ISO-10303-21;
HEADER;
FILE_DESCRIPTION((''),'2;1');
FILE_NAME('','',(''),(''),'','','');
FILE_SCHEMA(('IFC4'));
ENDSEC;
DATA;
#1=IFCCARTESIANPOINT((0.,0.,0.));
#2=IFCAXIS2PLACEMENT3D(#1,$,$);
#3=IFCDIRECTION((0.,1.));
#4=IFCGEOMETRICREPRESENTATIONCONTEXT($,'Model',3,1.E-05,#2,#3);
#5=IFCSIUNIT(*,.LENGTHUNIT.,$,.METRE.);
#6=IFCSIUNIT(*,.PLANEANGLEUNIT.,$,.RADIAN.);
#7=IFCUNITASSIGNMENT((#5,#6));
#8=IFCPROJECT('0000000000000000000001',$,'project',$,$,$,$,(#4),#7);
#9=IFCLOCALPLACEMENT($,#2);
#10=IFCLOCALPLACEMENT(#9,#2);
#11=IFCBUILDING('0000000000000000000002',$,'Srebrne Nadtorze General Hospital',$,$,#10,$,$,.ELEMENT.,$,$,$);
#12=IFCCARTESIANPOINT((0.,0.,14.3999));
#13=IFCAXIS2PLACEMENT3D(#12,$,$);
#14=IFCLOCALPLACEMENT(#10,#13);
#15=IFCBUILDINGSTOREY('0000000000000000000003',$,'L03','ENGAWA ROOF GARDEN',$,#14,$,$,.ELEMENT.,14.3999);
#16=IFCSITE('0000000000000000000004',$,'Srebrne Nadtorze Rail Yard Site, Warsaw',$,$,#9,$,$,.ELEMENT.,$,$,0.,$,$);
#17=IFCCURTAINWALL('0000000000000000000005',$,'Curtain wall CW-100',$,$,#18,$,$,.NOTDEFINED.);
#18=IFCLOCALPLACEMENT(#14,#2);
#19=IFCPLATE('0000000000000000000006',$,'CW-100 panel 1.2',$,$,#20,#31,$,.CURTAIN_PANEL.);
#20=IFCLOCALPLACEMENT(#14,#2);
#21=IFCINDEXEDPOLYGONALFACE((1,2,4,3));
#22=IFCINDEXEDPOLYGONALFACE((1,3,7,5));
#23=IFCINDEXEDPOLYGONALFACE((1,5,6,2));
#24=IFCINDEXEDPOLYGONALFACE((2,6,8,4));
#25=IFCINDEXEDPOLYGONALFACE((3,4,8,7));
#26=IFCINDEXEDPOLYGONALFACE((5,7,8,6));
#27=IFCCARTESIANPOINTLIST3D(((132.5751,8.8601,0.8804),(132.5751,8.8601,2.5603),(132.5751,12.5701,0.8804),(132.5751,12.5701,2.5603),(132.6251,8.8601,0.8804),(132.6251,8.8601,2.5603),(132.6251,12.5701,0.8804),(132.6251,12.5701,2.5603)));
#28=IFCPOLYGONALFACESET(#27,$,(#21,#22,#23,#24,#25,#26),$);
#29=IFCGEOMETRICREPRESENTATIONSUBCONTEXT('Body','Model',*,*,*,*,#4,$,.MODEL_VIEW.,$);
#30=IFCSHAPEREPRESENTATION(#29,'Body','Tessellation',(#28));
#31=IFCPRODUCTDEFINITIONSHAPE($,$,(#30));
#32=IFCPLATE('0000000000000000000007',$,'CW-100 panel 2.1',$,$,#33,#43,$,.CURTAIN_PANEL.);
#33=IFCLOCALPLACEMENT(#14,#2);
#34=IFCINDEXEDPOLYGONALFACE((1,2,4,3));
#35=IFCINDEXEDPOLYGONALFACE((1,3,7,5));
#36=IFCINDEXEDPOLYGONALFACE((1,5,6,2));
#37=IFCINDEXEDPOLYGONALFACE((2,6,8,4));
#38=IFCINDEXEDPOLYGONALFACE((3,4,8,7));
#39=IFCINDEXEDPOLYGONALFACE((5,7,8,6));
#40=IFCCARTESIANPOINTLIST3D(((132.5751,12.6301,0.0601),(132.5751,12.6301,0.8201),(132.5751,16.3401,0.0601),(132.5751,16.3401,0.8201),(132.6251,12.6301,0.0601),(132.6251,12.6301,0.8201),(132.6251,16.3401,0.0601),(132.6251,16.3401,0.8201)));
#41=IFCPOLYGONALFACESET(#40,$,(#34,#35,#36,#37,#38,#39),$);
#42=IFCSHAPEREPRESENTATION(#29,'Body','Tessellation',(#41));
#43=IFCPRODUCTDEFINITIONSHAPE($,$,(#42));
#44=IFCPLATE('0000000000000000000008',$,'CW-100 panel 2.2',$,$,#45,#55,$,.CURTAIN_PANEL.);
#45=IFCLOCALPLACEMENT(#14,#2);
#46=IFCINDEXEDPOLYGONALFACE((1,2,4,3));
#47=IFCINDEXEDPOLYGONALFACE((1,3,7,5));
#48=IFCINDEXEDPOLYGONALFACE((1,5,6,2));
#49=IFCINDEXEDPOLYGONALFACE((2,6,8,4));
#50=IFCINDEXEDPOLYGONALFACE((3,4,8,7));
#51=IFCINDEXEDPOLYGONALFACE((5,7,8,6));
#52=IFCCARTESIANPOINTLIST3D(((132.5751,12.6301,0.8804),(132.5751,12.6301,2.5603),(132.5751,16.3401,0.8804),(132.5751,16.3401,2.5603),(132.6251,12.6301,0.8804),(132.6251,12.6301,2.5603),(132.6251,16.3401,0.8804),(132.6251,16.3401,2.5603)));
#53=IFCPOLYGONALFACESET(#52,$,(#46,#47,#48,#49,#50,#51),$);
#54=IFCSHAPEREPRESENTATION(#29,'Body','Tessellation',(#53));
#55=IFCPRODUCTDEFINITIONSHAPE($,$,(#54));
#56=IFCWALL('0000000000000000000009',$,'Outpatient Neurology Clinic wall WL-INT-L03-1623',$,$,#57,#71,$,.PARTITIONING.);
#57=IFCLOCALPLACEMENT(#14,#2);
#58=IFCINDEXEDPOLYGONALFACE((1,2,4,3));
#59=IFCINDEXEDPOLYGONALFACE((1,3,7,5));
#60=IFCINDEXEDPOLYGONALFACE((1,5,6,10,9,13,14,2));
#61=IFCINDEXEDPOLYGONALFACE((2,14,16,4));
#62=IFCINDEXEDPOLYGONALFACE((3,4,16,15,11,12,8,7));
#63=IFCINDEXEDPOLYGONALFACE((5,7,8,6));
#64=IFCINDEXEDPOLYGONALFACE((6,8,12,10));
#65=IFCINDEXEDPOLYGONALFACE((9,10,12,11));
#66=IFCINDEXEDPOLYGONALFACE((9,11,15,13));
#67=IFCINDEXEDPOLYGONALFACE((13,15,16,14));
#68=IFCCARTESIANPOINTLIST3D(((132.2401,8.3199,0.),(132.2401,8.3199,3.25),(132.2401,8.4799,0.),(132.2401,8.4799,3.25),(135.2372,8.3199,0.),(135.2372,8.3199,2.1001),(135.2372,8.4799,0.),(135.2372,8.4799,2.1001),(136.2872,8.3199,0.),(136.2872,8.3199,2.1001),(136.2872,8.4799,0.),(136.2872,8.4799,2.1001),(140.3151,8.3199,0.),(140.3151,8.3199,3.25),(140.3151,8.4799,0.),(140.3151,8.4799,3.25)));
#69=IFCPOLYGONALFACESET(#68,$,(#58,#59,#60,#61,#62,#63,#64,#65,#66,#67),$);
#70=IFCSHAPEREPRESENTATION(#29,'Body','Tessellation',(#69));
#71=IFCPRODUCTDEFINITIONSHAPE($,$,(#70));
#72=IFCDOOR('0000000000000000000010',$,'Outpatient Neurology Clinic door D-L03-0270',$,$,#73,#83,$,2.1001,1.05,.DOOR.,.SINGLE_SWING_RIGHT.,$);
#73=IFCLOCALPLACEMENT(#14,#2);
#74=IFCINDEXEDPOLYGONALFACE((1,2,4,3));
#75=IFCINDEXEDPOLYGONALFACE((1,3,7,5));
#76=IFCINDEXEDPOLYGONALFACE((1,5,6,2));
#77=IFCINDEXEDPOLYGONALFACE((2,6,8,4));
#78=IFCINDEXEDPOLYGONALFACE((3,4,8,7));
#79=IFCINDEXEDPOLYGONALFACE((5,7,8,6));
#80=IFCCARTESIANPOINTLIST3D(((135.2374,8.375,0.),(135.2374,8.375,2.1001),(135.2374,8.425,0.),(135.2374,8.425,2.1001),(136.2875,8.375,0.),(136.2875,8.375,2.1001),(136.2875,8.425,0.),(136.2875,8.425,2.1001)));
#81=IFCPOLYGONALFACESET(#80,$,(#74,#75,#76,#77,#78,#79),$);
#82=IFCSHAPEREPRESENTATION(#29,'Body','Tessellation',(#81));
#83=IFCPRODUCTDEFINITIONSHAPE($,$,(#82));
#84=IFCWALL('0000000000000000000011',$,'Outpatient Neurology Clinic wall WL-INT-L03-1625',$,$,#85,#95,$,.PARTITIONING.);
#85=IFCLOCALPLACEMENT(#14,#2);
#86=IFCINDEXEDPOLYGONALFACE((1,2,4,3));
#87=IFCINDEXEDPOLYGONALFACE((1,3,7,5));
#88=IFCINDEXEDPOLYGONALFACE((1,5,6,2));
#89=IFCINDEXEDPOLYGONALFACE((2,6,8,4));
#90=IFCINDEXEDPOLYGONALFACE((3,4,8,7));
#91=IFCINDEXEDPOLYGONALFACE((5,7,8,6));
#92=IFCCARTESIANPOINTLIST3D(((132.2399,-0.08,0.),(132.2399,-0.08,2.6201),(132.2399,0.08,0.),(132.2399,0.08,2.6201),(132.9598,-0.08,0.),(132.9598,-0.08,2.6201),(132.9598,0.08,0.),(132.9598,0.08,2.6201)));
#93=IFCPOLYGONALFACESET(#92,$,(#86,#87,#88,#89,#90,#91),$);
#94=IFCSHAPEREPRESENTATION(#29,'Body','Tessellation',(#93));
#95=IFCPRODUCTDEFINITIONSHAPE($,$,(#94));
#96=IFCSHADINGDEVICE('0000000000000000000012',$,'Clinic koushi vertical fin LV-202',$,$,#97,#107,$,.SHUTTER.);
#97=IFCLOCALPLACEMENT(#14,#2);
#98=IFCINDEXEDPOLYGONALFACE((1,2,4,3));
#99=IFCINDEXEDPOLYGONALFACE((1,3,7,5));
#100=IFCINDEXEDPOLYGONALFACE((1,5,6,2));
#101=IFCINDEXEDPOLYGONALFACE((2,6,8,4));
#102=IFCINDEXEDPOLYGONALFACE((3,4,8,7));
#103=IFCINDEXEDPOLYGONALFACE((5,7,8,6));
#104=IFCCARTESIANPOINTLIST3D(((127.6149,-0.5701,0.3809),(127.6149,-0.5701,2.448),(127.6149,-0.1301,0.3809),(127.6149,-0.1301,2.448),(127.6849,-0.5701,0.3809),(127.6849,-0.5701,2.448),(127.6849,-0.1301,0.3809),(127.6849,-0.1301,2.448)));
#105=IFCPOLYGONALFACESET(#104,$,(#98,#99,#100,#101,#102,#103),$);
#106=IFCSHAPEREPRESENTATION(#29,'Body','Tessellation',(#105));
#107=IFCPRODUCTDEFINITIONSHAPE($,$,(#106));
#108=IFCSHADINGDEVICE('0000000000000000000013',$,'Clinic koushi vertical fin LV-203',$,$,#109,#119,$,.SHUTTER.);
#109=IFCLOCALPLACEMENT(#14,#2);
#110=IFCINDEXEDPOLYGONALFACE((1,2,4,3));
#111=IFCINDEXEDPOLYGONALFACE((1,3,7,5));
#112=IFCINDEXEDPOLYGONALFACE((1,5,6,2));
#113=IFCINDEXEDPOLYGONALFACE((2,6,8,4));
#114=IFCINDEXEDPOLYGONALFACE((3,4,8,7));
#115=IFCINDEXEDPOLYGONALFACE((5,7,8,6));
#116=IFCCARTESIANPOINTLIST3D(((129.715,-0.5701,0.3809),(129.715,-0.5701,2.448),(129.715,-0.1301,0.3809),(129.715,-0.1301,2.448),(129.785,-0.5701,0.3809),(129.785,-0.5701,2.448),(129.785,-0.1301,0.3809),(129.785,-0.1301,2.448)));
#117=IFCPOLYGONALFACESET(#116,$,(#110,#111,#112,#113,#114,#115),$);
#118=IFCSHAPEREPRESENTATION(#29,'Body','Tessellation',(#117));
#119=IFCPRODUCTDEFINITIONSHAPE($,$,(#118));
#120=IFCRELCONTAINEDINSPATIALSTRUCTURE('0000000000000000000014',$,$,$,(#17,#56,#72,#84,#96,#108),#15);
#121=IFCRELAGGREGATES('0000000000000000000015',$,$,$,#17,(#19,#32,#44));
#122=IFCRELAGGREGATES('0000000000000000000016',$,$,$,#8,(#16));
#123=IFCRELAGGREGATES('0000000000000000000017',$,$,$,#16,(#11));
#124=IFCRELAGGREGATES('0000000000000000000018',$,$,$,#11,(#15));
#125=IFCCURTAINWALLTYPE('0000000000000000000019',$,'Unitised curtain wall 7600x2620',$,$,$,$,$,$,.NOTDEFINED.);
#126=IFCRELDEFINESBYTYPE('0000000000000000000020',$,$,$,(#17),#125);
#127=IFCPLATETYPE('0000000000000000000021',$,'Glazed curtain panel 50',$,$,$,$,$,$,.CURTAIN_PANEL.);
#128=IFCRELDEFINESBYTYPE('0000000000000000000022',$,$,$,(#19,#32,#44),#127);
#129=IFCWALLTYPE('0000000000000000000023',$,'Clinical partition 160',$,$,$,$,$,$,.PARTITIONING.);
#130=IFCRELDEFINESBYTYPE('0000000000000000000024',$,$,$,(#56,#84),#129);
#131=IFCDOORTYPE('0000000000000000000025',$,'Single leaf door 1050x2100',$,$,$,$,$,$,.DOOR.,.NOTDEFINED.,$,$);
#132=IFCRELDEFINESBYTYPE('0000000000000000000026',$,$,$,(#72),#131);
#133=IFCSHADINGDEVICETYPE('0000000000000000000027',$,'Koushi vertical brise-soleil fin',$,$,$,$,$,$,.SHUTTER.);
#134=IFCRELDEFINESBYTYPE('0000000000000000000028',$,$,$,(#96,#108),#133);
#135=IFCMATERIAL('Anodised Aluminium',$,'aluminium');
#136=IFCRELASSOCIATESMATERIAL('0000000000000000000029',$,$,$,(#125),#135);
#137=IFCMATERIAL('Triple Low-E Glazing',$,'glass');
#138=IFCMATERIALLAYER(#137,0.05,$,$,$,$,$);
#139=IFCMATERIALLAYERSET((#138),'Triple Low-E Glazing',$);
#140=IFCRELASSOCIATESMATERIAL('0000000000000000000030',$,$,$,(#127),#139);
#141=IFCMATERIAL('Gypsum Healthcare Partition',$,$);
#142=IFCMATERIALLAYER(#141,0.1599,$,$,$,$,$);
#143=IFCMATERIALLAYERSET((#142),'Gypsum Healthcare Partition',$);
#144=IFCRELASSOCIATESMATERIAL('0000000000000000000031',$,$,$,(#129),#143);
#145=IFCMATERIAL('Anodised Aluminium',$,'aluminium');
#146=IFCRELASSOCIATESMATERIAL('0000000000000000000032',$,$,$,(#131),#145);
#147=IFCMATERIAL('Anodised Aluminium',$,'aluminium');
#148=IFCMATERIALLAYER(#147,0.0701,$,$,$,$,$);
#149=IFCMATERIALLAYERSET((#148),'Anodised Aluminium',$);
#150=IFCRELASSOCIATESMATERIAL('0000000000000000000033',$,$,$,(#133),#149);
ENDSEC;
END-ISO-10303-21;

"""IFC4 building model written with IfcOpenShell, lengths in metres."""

from ifc_helpers import new_model, si_unit, direction, frame, frame_2d, origin, origin_2d, place, context, subcontext, project, spatial, rectangle, extrude, material, layer, layer_set, type_object, element, fill, aggregate, save


model = new_model("IFC4")

# Units and contexts
model_context = context("Model", 3, precision=1e-05, world=origin(), true_north=direction((0.0, 1.0)))
body_context = subcontext(model_context, "Body", "Model", "MODEL_VIEW")
ifc_project = project(units=[si_unit("LENGTHUNIT", "METRE"), si_unit("PLANEANGLEUNIT", "RADIAN")], contexts=[model_context])

# Site, building, storey
site_placement = place(None, origin())
site = spatial("IfcSite", under=ifc_project, at=site_placement, Name="Srebrne Nadtorze Rail Yard Site, Warsaw", CompositionType="ELEMENT", RefElevation=0.0)
building_placement = place(site_placement, origin())
building = spatial("IfcBuilding", under=site, at=building_placement, Name="Srebrne Nadtorze General Hospital", CompositionType="ELEMENT")
storey_placement = place(building_placement, frame((0.0, 0.0, 14.3999)))
storey = spatial("IfcBuildingStorey", under=building, at=storey_placement, Name="L03", Description="ENGAWA ROOF GARDEN", CompositionType="ELEMENT", Elevation=14.3999)

# Curtain wall
ifc_material_1 = material(Name="Anodised Aluminium", Category="aluminium")
curtain_wall_type_1 = type_object("IfcCurtainWallType", Name="Unitised curtain wall 7600x2620", PredefinedType="NOTDEFINED", material=ifc_material_1)
curtain_wall_1_placement = place(storey_placement, origin())
curtain_wall_1 = element("IfcCurtainWall", 1, at=curtain_wall_1_placement, inside=storey, type_object=curtain_wall_type_1, Name="Curtain wall CW-100", PredefinedType="NOTDEFINED")

# Plates
ifc_material_2 = material(Name="Triple Low-E Glazing", Category="glass")
ifc_layer_1 = layer(ifc_material_2, 0.05)
ifc_layer_set_1 = layer_set([ifc_layer_1], Name="Triple Low-E Glazing")
plate_type = type_object("IfcPlateType", Name="Glazed curtain panel 50", PredefinedType="CURTAIN_PANEL", material=ifc_layer_set_1)
plate_1_placement = place(storey_placement, frame((132.6001, 10.7151, 0.8804), z_axis=(0.0, 0.0, 1.0), x_axis=(0.0, 1.0, 0.0)))
plate_1 = element("IfcPlate", 2, at=plate_1_placement, type_object=plate_type, Name="CW-100 panel 1.2", PredefinedType="CURTAIN_PANEL", context=body_context, shape_type="SweptSolid", body=[
    extrude(rectangle(XDim=3.71, YDim=0.05, at=origin_2d()), origin(), (0.0, 0.0, 1.0), 1.6799),
])
plate_2_placement = place(storey_placement, frame((132.6001, 14.4851, 0.0601), z_axis=(0.0, 0.0, 1.0), x_axis=(0.0, 1.0, 0.0)))
plate_2 = element("IfcPlate", 3, at=plate_2_placement, type_object=plate_type, Name="CW-100 panel 2.1", PredefinedType="CURTAIN_PANEL", context=body_context, shape_type="SweptSolid", body=[
    extrude(rectangle(XDim=3.71, YDim=0.05, at=origin_2d()), origin(), (0.0, 0.0, 1.0), 0.76),
])
plate_3_placement = place(storey_placement, frame((132.6001, 14.4851, 0.8804), z_axis=(0.0, 0.0, 1.0), x_axis=(0.0, 1.0, 0.0)))
plate_3 = element("IfcPlate", 4, at=plate_3_placement, type_object=plate_type, Name="CW-100 panel 2.2", PredefinedType="CURTAIN_PANEL", context=body_context, shape_type="SweptSolid", body=[
    extrude(rectangle(XDim=3.71, YDim=0.05, at=origin_2d()), origin(), (0.0, 0.0, 1.0), 1.6799),
])
aggregate(curtain_wall_1, [plate_1, plate_2, plate_3])

# Wall, opening, door
ifc_material_3 = material(Name="Gypsum Healthcare Partition")
ifc_layer_2 = layer(ifc_material_3, 0.1599)
ifc_layer_set_2 = layer_set([ifc_layer_2], Name="Gypsum Healthcare Partition")
wall_type = type_object("IfcWallType", Name="Clinical partition 160", PredefinedType="PARTITIONING", material=ifc_layer_set_2)
wall_1_placement = place(storey_placement, frame((132.24, 8.3999, 0.0), z_axis=(0.0, 0.0, 1.0), x_axis=(1.0, 0.0, 0.0)))
wall_1 = element("IfcWall", 5, at=wall_1_placement, inside=storey, type_object=wall_type, Name="Outpatient Neurology Clinic wall WL-INT-L03-1623", PredefinedType="PARTITIONING", context=body_context, shape_type="SweptSolid", body=[
    extrude(rectangle(XDim=8.075, YDim=0.1599, at=frame_2d((4.0376, 0.0))), origin(), (0.0, 0.0, 1.0), 3.25),
])
opening_placement = place(wall_1_placement, frame((2.9973, 0.0, 0.0)))
opening = element("IfcOpeningElement", 6, at=opening_placement, cuts=wall_1, PredefinedType="OPENING", context=body_context, shape_type="SweptSolid", body=[
    extrude(rectangle(XDim=1.05, YDim=2.1001, at=frame_2d((0.5249, 1.05))), frame((0.0, 0.0918, 0.0), z_axis=(0.0, -1.0, 0.0), x_axis=(1.0, 0.0, 0.0)), (0.0, 0.0, 1.0), 0.1838),
])
ifc_material_4 = material(Name="Anodised Aluminium", Category="aluminium")
door_type = type_object("IfcDoorType", Name="Single leaf door 1050x2100", OperationType="NOTDEFINED", PredefinedType="DOOR", material=ifc_material_4)
door_placement = place(opening_placement, frame((1.05, 0.0, 0.0), z_axis=(0.0, 0.0, 1.0), x_axis=(-1.0, 0.0, 0.0)))
door = element("IfcDoor", 7, at=door_placement, inside=storey, type_object=door_type, Name="Outpatient Neurology Clinic door D-L03-0270", OperationType="SINGLE_SWING_RIGHT", OverallHeight=2.1001, OverallWidth=1.05, PredefinedType="DOOR", context=body_context, shape_type="SweptSolid", body=[
    extrude(rectangle(XDim=1.05, YDim=2.1001, at=frame_2d((0.5249, 1.05))), frame((0.0, 0.0249, 0.0), z_axis=(0.0, -1.0, 0.0), x_axis=(1.0, 0.0, 0.0)), (0.0, 0.0, 1.0), 0.05),
])
fill(opening, door)

# Wall
wall_2_placement = place(storey_placement, frame((132.24, 0.0, 0.0), z_axis=(0.0, 0.0, 1.0), x_axis=(1.0, 0.0, 0.0)))
element("IfcWall", 8, at=wall_2_placement, inside=storey, type_object=wall_type, Name="Outpatient Neurology Clinic wall WL-INT-L03-1625", PredefinedType="PARTITIONING", context=body_context, shape_type="SweptSolid", body=[
    extrude(rectangle(XDim=0.72, YDim=0.1599, at=frame_2d((0.3599, 0.0))), origin(), (0.0, 0.0, 1.0), 2.6201),
])

# Shading devices
ifc_material_5 = material(Name="Anodised Aluminium", Category="aluminium")
ifc_layer_3 = layer(ifc_material_5, 0.0701)
ifc_layer_set_3 = layer_set([ifc_layer_3], Name="Anodised Aluminium")
shading_device_type = type_object("IfcShadingDeviceType", Name="Koushi vertical brise-soleil fin", PredefinedType="SHUTTER", material=ifc_layer_set_3)
for number, where, z_axis, x_axis, name in (
    (9, (127.6499, -0.3501, 0.3809), (0.0, 0.0, 1.0), (1.0, 0.0, 0.0), "Clinic koushi vertical fin LV-202"),
    (10, (129.75, -0.3501, 0.3809), (0.0, 0.0, 1.0), (1.0, 0.0, 0.0), "Clinic koushi vertical fin LV-203"),
):
    element("IfcShadingDevice", number, at=place(storey_placement, frame(where, z_axis=z_axis, x_axis=x_axis)), inside=storey, type_object=shading_device_type, Name=name, PredefinedType="SHUTTER", context=body_context, shape_type="SweptSolid", body=[
        extrude(rectangle(XDim=0.0701, YDim=0.4399, at=origin_2d()), origin(), (0.0, 0.0, 1.0), 2.0671),
    ])

save(model, "model.ifc")
